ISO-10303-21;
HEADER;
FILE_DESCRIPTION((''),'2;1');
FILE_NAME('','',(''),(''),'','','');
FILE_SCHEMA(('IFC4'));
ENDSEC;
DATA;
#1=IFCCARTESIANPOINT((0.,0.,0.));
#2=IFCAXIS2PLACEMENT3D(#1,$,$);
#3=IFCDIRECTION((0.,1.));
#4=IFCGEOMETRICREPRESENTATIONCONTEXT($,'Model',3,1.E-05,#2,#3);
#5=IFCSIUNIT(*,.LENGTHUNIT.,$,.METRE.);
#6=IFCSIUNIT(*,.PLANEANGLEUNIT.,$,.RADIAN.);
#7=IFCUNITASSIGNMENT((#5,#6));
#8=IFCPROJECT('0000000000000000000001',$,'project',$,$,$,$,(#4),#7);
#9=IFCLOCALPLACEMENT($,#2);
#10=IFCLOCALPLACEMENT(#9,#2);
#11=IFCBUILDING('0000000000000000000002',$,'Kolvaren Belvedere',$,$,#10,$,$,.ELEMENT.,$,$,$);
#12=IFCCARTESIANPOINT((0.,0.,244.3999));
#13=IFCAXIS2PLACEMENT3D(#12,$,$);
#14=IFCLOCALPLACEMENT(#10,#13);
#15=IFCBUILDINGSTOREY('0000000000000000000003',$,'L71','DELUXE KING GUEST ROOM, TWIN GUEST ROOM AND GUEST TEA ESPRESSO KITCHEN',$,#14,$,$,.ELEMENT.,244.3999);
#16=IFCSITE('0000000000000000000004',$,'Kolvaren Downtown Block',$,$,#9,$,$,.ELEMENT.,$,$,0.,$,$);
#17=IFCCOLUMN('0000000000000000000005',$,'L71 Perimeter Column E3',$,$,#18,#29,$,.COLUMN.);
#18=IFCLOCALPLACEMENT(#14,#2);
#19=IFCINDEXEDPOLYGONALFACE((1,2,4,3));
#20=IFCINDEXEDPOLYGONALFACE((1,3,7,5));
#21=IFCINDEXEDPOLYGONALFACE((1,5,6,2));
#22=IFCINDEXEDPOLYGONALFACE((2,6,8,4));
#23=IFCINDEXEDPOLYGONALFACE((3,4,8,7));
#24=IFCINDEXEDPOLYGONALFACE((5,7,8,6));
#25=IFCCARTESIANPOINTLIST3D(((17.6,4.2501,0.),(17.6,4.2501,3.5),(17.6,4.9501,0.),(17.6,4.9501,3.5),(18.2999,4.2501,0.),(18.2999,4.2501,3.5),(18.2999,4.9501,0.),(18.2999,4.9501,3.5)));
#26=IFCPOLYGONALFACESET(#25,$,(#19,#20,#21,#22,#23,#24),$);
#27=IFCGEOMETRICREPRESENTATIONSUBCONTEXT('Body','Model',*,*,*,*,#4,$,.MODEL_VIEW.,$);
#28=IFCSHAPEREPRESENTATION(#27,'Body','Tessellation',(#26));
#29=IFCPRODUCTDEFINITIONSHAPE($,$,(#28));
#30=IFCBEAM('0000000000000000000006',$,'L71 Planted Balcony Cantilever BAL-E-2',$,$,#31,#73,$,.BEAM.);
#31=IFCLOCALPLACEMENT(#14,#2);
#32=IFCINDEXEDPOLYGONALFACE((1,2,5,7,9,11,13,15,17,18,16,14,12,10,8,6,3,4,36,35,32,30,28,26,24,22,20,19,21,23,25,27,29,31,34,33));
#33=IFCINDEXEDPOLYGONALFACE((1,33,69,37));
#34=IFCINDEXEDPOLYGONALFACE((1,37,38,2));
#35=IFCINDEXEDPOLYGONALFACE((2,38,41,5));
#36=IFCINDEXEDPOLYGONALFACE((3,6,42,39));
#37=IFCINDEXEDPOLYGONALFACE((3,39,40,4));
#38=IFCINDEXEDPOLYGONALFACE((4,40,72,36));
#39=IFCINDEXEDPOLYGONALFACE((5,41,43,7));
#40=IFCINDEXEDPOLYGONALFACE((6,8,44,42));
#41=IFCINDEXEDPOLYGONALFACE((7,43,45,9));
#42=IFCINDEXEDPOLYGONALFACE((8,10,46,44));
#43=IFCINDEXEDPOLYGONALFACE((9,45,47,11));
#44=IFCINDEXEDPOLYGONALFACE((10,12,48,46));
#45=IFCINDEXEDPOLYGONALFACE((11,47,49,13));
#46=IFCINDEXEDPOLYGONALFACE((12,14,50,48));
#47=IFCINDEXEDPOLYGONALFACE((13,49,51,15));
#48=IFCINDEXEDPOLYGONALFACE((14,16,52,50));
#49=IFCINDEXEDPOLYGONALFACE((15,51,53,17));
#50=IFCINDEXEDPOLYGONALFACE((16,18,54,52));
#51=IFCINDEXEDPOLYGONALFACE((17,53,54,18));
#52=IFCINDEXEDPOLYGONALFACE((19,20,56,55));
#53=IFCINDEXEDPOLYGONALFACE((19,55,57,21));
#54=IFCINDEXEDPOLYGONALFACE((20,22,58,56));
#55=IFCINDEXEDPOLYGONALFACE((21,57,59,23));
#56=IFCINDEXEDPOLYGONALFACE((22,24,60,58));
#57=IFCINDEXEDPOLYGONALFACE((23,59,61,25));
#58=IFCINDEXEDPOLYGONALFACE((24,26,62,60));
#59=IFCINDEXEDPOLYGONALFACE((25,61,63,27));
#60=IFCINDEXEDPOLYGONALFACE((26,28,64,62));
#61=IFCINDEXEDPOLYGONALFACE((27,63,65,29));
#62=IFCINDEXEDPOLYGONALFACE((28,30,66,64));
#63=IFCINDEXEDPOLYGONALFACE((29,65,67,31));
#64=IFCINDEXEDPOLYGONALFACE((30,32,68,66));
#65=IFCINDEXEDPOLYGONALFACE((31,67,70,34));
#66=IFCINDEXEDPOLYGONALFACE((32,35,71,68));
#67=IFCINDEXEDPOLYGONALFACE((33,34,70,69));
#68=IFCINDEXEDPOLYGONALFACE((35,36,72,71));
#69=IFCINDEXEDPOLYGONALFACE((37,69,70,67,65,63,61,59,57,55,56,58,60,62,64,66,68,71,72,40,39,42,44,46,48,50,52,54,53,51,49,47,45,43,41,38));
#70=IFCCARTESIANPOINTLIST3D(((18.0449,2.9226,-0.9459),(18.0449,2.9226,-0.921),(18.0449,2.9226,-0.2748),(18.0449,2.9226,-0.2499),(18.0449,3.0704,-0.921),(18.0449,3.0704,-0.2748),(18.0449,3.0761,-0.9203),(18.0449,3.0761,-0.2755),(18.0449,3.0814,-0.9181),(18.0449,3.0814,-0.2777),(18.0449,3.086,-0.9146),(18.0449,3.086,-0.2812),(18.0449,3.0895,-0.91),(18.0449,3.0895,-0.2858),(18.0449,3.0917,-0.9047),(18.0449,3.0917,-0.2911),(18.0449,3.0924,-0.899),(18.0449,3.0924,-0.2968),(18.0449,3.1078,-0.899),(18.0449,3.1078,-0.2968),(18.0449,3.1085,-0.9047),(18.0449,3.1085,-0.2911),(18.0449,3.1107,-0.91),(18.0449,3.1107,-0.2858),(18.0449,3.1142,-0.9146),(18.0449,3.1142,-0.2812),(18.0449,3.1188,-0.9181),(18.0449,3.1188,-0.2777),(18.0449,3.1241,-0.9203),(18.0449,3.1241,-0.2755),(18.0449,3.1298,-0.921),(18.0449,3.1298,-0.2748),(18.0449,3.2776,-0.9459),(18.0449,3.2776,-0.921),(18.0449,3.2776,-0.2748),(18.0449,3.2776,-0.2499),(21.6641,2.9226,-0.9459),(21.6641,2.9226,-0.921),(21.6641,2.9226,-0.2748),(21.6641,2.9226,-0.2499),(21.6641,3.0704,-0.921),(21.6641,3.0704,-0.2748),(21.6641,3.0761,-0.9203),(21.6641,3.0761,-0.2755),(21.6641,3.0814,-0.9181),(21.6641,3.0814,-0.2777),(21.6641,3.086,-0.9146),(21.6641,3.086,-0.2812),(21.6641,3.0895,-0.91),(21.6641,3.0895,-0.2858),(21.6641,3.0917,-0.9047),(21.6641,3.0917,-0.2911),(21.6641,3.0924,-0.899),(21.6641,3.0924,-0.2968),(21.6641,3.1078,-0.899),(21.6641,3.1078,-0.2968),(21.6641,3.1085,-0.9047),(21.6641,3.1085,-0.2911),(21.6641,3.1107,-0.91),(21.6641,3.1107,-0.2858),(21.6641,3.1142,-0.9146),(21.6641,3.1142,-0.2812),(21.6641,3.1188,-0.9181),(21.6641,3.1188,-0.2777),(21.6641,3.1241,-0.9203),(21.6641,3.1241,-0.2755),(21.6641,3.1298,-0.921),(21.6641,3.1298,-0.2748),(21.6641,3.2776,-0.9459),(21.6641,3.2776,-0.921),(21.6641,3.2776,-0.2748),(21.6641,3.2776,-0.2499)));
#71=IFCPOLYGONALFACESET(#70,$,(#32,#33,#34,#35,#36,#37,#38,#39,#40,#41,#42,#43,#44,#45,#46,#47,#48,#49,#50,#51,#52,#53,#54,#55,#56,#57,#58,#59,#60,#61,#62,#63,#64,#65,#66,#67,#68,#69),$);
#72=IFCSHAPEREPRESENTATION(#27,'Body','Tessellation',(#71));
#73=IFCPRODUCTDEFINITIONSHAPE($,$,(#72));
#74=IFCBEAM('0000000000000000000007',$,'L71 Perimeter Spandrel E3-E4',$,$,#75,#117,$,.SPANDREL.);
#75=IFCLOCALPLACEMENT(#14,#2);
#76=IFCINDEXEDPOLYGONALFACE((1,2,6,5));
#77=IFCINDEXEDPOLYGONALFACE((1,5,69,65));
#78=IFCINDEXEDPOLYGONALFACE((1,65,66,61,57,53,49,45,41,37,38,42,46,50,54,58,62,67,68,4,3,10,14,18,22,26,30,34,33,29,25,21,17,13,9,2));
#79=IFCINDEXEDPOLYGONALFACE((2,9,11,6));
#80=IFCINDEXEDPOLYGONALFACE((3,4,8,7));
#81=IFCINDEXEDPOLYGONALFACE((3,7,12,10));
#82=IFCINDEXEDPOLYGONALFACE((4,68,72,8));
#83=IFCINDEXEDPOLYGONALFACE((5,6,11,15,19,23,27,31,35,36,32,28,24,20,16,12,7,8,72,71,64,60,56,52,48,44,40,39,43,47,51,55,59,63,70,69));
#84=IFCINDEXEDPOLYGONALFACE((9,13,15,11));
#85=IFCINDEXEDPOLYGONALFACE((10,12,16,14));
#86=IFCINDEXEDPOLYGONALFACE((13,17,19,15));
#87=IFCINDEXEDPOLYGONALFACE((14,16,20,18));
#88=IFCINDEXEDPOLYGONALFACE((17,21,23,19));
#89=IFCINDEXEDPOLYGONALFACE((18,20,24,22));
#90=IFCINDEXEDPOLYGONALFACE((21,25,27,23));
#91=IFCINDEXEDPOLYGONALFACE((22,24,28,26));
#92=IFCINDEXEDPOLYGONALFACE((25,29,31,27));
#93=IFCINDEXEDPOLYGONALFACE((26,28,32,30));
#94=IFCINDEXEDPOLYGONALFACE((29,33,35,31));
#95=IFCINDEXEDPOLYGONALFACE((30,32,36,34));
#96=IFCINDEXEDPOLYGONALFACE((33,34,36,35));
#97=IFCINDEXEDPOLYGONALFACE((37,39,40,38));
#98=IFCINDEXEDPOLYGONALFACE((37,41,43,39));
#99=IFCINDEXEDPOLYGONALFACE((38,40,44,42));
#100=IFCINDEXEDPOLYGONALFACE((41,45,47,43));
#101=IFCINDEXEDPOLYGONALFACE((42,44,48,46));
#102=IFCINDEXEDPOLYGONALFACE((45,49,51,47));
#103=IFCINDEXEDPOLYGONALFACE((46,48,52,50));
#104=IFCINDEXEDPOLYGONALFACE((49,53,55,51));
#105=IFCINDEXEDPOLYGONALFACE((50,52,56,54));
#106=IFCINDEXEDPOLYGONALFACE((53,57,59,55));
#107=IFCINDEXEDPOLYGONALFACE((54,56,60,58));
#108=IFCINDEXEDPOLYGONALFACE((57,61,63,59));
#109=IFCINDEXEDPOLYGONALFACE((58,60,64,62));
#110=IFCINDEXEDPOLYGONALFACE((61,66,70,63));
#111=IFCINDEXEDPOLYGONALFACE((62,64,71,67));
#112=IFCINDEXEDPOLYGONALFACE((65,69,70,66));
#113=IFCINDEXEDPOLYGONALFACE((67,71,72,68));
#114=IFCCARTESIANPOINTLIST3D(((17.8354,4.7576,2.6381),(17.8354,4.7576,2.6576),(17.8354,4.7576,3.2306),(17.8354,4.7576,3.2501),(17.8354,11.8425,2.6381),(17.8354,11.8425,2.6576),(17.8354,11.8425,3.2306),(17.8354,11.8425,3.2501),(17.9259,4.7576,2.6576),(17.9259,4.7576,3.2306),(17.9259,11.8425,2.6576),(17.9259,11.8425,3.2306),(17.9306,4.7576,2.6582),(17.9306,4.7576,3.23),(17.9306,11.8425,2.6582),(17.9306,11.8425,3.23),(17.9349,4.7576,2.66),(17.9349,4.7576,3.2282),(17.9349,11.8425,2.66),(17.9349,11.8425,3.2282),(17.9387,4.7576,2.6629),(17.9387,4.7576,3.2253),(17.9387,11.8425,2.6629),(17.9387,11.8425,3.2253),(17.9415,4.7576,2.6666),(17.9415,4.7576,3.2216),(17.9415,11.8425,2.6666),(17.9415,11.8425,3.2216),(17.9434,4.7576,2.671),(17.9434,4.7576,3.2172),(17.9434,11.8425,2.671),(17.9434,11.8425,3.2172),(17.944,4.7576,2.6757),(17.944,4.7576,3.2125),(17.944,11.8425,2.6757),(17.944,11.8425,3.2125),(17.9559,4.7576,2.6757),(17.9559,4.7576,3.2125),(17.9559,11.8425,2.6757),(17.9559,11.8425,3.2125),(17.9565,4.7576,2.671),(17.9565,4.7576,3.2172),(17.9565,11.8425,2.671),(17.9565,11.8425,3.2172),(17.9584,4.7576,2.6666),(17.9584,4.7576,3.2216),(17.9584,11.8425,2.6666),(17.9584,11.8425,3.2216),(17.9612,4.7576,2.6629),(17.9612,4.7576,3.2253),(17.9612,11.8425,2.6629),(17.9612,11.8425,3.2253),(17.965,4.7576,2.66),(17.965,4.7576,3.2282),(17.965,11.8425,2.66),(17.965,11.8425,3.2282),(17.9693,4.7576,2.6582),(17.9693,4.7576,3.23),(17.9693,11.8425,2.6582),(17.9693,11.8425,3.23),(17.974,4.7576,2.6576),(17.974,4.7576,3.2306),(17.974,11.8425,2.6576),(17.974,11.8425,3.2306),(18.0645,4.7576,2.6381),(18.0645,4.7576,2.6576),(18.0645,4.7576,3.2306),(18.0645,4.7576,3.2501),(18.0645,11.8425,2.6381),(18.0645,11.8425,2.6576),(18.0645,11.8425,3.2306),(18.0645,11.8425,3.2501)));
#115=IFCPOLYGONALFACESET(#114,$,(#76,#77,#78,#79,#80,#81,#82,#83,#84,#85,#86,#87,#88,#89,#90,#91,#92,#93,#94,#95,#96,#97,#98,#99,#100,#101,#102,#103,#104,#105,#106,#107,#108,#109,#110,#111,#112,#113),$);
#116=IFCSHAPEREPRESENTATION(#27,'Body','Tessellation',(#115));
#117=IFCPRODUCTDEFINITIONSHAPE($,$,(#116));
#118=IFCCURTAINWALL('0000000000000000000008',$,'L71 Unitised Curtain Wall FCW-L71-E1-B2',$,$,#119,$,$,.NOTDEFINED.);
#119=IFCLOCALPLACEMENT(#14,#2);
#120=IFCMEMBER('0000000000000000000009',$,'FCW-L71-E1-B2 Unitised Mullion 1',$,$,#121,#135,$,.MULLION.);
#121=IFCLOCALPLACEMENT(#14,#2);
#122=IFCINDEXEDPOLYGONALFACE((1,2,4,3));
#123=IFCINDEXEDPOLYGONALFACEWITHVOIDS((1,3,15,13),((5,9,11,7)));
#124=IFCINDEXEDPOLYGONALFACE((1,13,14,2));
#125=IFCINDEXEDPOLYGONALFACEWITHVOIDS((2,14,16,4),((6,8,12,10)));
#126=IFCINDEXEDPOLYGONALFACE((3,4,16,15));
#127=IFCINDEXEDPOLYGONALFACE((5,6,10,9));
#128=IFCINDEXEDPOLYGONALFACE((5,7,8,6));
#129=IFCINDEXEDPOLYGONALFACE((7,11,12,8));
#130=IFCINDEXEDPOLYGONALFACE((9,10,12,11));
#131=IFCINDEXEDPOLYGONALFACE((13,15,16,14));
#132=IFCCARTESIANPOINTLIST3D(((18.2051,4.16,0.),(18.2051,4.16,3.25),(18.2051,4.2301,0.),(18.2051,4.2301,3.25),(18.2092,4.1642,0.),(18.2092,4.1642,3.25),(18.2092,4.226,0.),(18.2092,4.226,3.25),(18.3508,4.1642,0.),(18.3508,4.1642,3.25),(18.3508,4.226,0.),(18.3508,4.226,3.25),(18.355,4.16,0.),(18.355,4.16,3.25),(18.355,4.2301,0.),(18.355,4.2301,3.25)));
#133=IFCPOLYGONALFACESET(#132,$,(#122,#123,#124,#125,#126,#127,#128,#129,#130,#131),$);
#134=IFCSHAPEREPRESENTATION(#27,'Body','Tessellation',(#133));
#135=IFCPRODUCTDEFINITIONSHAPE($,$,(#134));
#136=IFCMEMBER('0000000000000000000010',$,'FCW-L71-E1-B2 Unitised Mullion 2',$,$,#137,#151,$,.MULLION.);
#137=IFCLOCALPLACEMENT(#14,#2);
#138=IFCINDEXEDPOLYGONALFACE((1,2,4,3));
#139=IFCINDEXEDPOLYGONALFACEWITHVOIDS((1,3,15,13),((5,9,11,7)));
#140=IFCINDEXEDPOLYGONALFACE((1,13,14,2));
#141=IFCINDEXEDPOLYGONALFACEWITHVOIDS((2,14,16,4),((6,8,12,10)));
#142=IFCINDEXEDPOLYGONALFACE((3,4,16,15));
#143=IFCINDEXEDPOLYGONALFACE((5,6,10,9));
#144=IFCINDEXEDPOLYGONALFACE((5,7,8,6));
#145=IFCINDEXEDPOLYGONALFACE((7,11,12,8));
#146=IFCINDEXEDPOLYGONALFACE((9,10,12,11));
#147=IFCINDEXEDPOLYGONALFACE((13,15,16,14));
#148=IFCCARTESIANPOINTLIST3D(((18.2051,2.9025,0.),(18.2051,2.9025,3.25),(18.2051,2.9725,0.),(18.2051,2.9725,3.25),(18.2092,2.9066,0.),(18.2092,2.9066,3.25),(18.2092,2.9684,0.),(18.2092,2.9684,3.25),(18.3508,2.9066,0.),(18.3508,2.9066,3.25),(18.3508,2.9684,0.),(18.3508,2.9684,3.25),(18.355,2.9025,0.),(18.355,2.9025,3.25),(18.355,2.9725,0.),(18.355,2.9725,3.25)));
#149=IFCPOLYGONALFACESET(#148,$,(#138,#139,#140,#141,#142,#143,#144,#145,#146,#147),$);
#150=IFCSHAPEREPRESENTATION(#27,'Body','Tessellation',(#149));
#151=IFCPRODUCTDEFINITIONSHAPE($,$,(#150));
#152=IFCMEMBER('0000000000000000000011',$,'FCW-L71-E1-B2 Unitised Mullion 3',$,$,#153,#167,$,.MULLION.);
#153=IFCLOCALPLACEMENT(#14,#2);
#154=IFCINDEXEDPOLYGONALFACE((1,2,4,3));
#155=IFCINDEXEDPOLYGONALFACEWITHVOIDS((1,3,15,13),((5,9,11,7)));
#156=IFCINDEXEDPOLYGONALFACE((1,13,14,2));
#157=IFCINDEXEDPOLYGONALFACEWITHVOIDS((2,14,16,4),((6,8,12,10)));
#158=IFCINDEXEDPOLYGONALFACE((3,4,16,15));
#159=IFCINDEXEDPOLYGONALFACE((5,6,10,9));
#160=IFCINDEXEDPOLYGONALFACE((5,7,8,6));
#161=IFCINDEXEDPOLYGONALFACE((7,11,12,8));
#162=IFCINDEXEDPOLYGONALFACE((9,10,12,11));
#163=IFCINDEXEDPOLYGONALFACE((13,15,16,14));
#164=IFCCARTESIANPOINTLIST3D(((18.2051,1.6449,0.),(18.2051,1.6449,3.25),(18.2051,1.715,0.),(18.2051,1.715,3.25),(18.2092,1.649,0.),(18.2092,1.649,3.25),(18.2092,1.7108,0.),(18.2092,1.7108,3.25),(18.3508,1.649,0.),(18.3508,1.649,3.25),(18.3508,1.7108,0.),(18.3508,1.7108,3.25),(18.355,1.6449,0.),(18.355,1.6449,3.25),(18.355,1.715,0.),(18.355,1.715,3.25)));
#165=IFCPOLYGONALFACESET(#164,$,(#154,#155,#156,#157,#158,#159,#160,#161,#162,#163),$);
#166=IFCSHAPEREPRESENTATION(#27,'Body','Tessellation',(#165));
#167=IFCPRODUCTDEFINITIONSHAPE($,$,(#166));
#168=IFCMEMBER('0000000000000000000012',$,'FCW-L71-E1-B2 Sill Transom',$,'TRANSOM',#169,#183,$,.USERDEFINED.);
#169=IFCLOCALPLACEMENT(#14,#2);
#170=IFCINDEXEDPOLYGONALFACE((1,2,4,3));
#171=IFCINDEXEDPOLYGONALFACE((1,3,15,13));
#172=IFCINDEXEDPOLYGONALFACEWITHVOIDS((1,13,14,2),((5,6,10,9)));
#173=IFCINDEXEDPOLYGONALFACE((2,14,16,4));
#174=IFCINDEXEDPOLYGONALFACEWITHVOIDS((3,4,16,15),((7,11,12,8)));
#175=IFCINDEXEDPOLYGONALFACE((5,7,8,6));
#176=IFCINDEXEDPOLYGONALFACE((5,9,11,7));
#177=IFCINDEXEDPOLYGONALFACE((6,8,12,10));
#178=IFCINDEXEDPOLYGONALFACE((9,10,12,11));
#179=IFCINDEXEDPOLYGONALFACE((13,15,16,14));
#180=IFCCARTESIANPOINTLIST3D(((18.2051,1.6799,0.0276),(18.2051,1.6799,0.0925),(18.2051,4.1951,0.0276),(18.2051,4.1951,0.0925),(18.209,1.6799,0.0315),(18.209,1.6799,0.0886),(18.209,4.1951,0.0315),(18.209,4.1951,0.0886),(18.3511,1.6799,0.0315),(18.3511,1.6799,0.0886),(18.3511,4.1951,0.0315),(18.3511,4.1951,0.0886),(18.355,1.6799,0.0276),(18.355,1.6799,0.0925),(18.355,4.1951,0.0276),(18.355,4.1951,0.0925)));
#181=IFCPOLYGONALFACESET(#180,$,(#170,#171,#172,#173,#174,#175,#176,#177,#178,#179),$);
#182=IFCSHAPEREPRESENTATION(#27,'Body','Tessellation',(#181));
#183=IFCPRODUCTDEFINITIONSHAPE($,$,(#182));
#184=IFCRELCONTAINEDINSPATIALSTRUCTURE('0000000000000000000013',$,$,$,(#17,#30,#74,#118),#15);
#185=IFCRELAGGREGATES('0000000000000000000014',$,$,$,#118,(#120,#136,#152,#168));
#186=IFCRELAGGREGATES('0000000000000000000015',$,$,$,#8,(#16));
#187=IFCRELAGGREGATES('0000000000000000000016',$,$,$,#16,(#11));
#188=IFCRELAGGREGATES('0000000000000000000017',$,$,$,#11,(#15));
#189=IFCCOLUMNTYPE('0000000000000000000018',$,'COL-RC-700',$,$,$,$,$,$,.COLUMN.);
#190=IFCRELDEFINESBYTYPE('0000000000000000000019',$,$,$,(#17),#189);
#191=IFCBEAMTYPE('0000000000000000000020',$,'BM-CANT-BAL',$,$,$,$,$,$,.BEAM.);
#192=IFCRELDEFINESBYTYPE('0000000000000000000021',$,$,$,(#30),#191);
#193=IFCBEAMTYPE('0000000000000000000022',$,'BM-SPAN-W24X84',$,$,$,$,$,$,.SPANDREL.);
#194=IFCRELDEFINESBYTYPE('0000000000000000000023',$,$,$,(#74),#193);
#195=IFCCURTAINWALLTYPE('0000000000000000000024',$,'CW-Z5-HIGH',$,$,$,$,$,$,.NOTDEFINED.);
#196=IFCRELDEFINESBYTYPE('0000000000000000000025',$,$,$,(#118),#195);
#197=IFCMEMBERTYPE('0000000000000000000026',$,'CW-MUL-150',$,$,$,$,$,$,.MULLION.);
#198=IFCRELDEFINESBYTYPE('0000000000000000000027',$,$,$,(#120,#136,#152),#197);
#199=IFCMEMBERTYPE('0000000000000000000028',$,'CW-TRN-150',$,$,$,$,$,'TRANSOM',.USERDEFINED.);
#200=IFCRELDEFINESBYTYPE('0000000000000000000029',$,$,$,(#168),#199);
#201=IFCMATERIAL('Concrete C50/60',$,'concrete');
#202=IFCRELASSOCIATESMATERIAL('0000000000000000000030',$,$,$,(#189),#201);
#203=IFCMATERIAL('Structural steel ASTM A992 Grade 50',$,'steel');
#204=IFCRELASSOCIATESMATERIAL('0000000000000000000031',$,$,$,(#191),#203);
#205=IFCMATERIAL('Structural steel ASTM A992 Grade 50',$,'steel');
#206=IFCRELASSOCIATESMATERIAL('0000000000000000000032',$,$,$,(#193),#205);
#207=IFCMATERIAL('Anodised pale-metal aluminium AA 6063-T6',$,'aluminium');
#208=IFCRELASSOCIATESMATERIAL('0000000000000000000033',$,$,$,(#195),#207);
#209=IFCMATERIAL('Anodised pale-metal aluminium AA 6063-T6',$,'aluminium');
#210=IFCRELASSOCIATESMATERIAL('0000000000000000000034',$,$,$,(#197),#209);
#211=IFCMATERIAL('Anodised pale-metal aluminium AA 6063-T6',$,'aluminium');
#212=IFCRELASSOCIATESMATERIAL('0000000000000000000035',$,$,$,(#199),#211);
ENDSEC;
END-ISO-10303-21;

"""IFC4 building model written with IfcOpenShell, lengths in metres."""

from ifc_helpers import new_model, si_unit, direction, frame, origin, origin_2d, place, context, subcontext, project, spatial, rectangle, hollow_rectangle, i_section, extrude, material, material_profile, profile_set, type_object, element, aggregate, save


model = new_model("IFC4")

# Units and contexts
model_context = context("Model", 3, precision=1e-05, world=origin(), true_north=direction((0.0, 1.0)))
body_context = subcontext(model_context, "Body", "Model", "MODEL_VIEW")
ifc_project = project(units=[si_unit("LENGTHUNIT", "METRE"), si_unit("PLANEANGLEUNIT", "RADIAN")], contexts=[model_context])

# Site, building, storey
site_placement = place(None, origin())
site = spatial("IfcSite", under=ifc_project, at=site_placement, Name="Kolvaren Downtown Block", CompositionType="ELEMENT", RefElevation=0.0)
building_placement = place(site_placement, origin())
building = spatial("IfcBuilding", under=site, at=building_placement, Name="Kolvaren Belvedere", CompositionType="ELEMENT")
storey_placement = place(building_placement, frame((0.0, 0.0, 244.3999)))
storey = spatial("IfcBuildingStorey", under=building, at=storey_placement, Name="L71", Description="DELUXE KING GUEST ROOM, TWIN GUEST ROOM AND GUEST TEA ESPRESSO KITCHEN", CompositionType="ELEMENT", Elevation=244.3999)

# Column
ifc_material_1 = material(Name="Concrete C50/60", Category="concrete")
ifc_material_profile_1 = material_profile(ifc_material_1, rectangle(XDim=0.7, YDim=0.7, at=origin_2d()), Name="RC 700X700")
ifc_profile_set_1 = profile_set([ifc_material_profile_1], Name="Concrete C50/60")
column_type = type_object("IfcColumnType", Name="COL-RC-700", PredefinedType="COLUMN", material=ifc_profile_set_1)
column_placement = place(storey_placement, frame((17.95, 4.6001, 0.0), z_axis=(0.0, 0.0, 1.0), x_axis=(1.0, 0.0, 0.0)))
element("IfcColumn", 1, at=column_placement, inside=storey, type_object=column_type, Name="L71 Perimeter Column E3", PredefinedType="COLUMN", context=body_context, shape_type="SweptSolid", body=[
    extrude(rectangle(XDim=0.7, YDim=0.7, at=origin_2d()), origin(), (0.0, 0.0, 1.0), 3.5),
])

# Beams
ifc_material_2 = material(Name="Structural steel ASTM A992 Grade 50", Category="steel")
ifc_material_profile_2 = material_profile(ifc_material_2, i_section(OverallWidth=0.355, OverallDepth=0.696, WebThickness=0.0154, FlangeThickness=0.0249, FilletRadius=0.022, at=origin_2d()), Name="W27X146")
ifc_profile_set_2 = profile_set([ifc_material_profile_2], Name="Structural steel ASTM A992 Grade 50")
beam_type_1 = type_object("IfcBeamType", Name="BM-CANT-BAL", PredefinedType="BEAM", material=ifc_profile_set_2)
beam_1_placement = place(storey_placement, frame((18.0449, 3.1001, -0.5979), z_axis=(1.0, 0.0, 0.0), x_axis=(0.0, 1.0, 0.0)))
element("IfcBeam", 2, at=beam_1_placement, inside=storey, type_object=beam_type_1, Name="L71 Planted Balcony Cantilever BAL-E-2", PredefinedType="BEAM", context=body_context, shape_type="SweptSolid", body=[
    extrude(i_section(OverallWidth=0.355, OverallDepth=0.696, WebThickness=0.0154, FlangeThickness=0.0249, FilletRadius=0.022, at=origin_2d()), origin(), (0.0, 0.0, 1.0), 3.6191),
])
ifc_material_3 = material(Name="Structural steel ASTM A992 Grade 50", Category="steel")
ifc_material_profile_3 = material_profile(ifc_material_3, i_section(OverallWidth=0.229, OverallDepth=0.6121, WebThickness=0.012, FlangeThickness=0.0195, FilletRadius=0.0181, at=origin_2d()), Name="W24X84")
ifc_profile_set_3 = profile_set([ifc_material_profile_3], Name="Structural steel ASTM A992 Grade 50")
beam_type_2 = type_object("IfcBeamType", Name="BM-SPAN-W24X84", PredefinedType="SPANDREL", material=ifc_profile_set_3)
beam_2_placement = place(storey_placement, frame((17.95, 4.7576, 2.9441), z_axis=(0.0, 1.0, 0.0), x_axis=(-1.0, 0.0, 0.0)))
element("IfcBeam", 3, at=beam_2_placement, inside=storey, type_object=beam_type_2, Name="L71 Perimeter Spandrel E3-E4", PredefinedType="SPANDREL", context=body_context, shape_type="SweptSolid", body=[
    extrude(i_section(OverallWidth=0.229, OverallDepth=0.6121, WebThickness=0.012, FlangeThickness=0.0195, FilletRadius=0.0181, at=origin_2d()), origin(), (0.0, 0.0, 1.0), 7.085),
])

# Curtain wall, members
ifc_material_4 = material(Name="Anodised pale-metal aluminium AA 6063-T6", Category="aluminium")
curtain_wall_type = type_object("IfcCurtainWallType", Name="CW-Z5-HIGH", PredefinedType="NOTDEFINED", material=ifc_material_4)
curtain_wall_placement = place(storey_placement, origin())
curtain_wall = element("IfcCurtainWall", 4, at=curtain_wall_placement, inside=storey, type_object=curtain_wall_type, Name="L71 Unitised Curtain Wall FCW-L71-E1-B2", PredefinedType="NOTDEFINED")
ifc_material_5 = material(Name="Anodised pale-metal aluminium AA 6063-T6", Category="aluminium")
ifc_material_profile_4 = material_profile(ifc_material_5, hollow_rectangle(XDim=0.0701, YDim=0.1499, WallThickness=0.0042, at=origin_2d()), Name="ALU-MUL-150X70")
ifc_profile_set_4 = profile_set([ifc_material_profile_4], Name="Anodised pale-metal aluminium AA 6063-T6")
member_type_1 = type_object("IfcMemberType", Name="CW-MUL-150", PredefinedType="MULLION", material=ifc_profile_set_4)
member_1_placement = place(storey_placement, frame((18.28, 4.1951, 0.0), z_axis=(0.0, 0.0, 1.0), x_axis=(0.0, 1.0, 0.0)))
member_1 = element("IfcMember", 5, at=member_1_placement, type_object=member_type_1, Name="FCW-L71-E1-B2 Unitised Mullion 1", PredefinedType="MULLION", context=body_context, shape_type="SweptSolid", body=[
    extrude(hollow_rectangle(XDim=0.0701, YDim=0.1499, WallThickness=0.0042, at=origin_2d()), origin(), (0.0, 0.0, 1.0), 3.25),
])
member_2_placement = place(storey_placement, frame((18.28, 2.9375, 0.0), z_axis=(0.0, 0.0, 1.0), x_axis=(0.0, 1.0, 0.0)))
member_2 = element("IfcMember", 6, at=member_2_placement, type_object=member_type_1, Name="FCW-L71-E1-B2 Unitised Mullion 2", PredefinedType="MULLION", context=body_context, shape_type="SweptSolid", body=[
    extrude(hollow_rectangle(XDim=0.0701, YDim=0.1499, WallThickness=0.0042, at=origin_2d()), origin(), (0.0, 0.0, 1.0), 3.25),
])
member_3_placement = place(storey_placement, frame((18.28, 1.6799, 0.0), z_axis=(0.0, 0.0, 1.0), x_axis=(0.0, 1.0, 0.0)))
member_3 = element("IfcMember", 7, at=member_3_placement, type_object=member_type_1, Name="FCW-L71-E1-B2 Unitised Mullion 3", PredefinedType="MULLION", context=body_context, shape_type="SweptSolid", body=[
    extrude(hollow_rectangle(XDim=0.0701, YDim=0.1499, WallThickness=0.0042, at=origin_2d()), origin(), (0.0, 0.0, 1.0), 3.25),
])
ifc_material_6 = material(Name="Anodised pale-metal aluminium AA 6063-T6", Category="aluminium")
ifc_material_profile_5 = material_profile(ifc_material_6, hollow_rectangle(XDim=0.0649, YDim=0.1499, WallThickness=0.0039, at=origin_2d()), Name="ALU-TRN-150X65")
ifc_profile_set_5 = profile_set([ifc_material_profile_5], Name="Anodised pale-metal aluminium AA 6063-T6")
member_type_2 = type_object("IfcMemberType", Name="CW-TRN-150", ElementType="TRANSOM", PredefinedType="USERDEFINED", material=ifc_profile_set_5)
member_4_placement = place(storey_placement, frame((18.28, 4.1951, 0.0601), z_axis=(0.0, -1.0, 0.0), x_axis=(0.0, 0.0, 1.0)))
member_4 = element("IfcMember", 8, at=member_4_placement, type_object=member_type_2, Name="FCW-L71-E1-B2 Sill Transom", ObjectType="TRANSOM", PredefinedType="USERDEFINED", context=body_context, shape_type="SweptSolid", body=[
    extrude(hollow_rectangle(XDim=0.0649, YDim=0.1499, WallThickness=0.0039, at=origin_2d()), origin(), (0.0, 0.0, 1.0), 2.5151),
])

aggregate(curtain_wall, [member_1, member_2, member_3, member_4])

save(model, "model.ifc")
